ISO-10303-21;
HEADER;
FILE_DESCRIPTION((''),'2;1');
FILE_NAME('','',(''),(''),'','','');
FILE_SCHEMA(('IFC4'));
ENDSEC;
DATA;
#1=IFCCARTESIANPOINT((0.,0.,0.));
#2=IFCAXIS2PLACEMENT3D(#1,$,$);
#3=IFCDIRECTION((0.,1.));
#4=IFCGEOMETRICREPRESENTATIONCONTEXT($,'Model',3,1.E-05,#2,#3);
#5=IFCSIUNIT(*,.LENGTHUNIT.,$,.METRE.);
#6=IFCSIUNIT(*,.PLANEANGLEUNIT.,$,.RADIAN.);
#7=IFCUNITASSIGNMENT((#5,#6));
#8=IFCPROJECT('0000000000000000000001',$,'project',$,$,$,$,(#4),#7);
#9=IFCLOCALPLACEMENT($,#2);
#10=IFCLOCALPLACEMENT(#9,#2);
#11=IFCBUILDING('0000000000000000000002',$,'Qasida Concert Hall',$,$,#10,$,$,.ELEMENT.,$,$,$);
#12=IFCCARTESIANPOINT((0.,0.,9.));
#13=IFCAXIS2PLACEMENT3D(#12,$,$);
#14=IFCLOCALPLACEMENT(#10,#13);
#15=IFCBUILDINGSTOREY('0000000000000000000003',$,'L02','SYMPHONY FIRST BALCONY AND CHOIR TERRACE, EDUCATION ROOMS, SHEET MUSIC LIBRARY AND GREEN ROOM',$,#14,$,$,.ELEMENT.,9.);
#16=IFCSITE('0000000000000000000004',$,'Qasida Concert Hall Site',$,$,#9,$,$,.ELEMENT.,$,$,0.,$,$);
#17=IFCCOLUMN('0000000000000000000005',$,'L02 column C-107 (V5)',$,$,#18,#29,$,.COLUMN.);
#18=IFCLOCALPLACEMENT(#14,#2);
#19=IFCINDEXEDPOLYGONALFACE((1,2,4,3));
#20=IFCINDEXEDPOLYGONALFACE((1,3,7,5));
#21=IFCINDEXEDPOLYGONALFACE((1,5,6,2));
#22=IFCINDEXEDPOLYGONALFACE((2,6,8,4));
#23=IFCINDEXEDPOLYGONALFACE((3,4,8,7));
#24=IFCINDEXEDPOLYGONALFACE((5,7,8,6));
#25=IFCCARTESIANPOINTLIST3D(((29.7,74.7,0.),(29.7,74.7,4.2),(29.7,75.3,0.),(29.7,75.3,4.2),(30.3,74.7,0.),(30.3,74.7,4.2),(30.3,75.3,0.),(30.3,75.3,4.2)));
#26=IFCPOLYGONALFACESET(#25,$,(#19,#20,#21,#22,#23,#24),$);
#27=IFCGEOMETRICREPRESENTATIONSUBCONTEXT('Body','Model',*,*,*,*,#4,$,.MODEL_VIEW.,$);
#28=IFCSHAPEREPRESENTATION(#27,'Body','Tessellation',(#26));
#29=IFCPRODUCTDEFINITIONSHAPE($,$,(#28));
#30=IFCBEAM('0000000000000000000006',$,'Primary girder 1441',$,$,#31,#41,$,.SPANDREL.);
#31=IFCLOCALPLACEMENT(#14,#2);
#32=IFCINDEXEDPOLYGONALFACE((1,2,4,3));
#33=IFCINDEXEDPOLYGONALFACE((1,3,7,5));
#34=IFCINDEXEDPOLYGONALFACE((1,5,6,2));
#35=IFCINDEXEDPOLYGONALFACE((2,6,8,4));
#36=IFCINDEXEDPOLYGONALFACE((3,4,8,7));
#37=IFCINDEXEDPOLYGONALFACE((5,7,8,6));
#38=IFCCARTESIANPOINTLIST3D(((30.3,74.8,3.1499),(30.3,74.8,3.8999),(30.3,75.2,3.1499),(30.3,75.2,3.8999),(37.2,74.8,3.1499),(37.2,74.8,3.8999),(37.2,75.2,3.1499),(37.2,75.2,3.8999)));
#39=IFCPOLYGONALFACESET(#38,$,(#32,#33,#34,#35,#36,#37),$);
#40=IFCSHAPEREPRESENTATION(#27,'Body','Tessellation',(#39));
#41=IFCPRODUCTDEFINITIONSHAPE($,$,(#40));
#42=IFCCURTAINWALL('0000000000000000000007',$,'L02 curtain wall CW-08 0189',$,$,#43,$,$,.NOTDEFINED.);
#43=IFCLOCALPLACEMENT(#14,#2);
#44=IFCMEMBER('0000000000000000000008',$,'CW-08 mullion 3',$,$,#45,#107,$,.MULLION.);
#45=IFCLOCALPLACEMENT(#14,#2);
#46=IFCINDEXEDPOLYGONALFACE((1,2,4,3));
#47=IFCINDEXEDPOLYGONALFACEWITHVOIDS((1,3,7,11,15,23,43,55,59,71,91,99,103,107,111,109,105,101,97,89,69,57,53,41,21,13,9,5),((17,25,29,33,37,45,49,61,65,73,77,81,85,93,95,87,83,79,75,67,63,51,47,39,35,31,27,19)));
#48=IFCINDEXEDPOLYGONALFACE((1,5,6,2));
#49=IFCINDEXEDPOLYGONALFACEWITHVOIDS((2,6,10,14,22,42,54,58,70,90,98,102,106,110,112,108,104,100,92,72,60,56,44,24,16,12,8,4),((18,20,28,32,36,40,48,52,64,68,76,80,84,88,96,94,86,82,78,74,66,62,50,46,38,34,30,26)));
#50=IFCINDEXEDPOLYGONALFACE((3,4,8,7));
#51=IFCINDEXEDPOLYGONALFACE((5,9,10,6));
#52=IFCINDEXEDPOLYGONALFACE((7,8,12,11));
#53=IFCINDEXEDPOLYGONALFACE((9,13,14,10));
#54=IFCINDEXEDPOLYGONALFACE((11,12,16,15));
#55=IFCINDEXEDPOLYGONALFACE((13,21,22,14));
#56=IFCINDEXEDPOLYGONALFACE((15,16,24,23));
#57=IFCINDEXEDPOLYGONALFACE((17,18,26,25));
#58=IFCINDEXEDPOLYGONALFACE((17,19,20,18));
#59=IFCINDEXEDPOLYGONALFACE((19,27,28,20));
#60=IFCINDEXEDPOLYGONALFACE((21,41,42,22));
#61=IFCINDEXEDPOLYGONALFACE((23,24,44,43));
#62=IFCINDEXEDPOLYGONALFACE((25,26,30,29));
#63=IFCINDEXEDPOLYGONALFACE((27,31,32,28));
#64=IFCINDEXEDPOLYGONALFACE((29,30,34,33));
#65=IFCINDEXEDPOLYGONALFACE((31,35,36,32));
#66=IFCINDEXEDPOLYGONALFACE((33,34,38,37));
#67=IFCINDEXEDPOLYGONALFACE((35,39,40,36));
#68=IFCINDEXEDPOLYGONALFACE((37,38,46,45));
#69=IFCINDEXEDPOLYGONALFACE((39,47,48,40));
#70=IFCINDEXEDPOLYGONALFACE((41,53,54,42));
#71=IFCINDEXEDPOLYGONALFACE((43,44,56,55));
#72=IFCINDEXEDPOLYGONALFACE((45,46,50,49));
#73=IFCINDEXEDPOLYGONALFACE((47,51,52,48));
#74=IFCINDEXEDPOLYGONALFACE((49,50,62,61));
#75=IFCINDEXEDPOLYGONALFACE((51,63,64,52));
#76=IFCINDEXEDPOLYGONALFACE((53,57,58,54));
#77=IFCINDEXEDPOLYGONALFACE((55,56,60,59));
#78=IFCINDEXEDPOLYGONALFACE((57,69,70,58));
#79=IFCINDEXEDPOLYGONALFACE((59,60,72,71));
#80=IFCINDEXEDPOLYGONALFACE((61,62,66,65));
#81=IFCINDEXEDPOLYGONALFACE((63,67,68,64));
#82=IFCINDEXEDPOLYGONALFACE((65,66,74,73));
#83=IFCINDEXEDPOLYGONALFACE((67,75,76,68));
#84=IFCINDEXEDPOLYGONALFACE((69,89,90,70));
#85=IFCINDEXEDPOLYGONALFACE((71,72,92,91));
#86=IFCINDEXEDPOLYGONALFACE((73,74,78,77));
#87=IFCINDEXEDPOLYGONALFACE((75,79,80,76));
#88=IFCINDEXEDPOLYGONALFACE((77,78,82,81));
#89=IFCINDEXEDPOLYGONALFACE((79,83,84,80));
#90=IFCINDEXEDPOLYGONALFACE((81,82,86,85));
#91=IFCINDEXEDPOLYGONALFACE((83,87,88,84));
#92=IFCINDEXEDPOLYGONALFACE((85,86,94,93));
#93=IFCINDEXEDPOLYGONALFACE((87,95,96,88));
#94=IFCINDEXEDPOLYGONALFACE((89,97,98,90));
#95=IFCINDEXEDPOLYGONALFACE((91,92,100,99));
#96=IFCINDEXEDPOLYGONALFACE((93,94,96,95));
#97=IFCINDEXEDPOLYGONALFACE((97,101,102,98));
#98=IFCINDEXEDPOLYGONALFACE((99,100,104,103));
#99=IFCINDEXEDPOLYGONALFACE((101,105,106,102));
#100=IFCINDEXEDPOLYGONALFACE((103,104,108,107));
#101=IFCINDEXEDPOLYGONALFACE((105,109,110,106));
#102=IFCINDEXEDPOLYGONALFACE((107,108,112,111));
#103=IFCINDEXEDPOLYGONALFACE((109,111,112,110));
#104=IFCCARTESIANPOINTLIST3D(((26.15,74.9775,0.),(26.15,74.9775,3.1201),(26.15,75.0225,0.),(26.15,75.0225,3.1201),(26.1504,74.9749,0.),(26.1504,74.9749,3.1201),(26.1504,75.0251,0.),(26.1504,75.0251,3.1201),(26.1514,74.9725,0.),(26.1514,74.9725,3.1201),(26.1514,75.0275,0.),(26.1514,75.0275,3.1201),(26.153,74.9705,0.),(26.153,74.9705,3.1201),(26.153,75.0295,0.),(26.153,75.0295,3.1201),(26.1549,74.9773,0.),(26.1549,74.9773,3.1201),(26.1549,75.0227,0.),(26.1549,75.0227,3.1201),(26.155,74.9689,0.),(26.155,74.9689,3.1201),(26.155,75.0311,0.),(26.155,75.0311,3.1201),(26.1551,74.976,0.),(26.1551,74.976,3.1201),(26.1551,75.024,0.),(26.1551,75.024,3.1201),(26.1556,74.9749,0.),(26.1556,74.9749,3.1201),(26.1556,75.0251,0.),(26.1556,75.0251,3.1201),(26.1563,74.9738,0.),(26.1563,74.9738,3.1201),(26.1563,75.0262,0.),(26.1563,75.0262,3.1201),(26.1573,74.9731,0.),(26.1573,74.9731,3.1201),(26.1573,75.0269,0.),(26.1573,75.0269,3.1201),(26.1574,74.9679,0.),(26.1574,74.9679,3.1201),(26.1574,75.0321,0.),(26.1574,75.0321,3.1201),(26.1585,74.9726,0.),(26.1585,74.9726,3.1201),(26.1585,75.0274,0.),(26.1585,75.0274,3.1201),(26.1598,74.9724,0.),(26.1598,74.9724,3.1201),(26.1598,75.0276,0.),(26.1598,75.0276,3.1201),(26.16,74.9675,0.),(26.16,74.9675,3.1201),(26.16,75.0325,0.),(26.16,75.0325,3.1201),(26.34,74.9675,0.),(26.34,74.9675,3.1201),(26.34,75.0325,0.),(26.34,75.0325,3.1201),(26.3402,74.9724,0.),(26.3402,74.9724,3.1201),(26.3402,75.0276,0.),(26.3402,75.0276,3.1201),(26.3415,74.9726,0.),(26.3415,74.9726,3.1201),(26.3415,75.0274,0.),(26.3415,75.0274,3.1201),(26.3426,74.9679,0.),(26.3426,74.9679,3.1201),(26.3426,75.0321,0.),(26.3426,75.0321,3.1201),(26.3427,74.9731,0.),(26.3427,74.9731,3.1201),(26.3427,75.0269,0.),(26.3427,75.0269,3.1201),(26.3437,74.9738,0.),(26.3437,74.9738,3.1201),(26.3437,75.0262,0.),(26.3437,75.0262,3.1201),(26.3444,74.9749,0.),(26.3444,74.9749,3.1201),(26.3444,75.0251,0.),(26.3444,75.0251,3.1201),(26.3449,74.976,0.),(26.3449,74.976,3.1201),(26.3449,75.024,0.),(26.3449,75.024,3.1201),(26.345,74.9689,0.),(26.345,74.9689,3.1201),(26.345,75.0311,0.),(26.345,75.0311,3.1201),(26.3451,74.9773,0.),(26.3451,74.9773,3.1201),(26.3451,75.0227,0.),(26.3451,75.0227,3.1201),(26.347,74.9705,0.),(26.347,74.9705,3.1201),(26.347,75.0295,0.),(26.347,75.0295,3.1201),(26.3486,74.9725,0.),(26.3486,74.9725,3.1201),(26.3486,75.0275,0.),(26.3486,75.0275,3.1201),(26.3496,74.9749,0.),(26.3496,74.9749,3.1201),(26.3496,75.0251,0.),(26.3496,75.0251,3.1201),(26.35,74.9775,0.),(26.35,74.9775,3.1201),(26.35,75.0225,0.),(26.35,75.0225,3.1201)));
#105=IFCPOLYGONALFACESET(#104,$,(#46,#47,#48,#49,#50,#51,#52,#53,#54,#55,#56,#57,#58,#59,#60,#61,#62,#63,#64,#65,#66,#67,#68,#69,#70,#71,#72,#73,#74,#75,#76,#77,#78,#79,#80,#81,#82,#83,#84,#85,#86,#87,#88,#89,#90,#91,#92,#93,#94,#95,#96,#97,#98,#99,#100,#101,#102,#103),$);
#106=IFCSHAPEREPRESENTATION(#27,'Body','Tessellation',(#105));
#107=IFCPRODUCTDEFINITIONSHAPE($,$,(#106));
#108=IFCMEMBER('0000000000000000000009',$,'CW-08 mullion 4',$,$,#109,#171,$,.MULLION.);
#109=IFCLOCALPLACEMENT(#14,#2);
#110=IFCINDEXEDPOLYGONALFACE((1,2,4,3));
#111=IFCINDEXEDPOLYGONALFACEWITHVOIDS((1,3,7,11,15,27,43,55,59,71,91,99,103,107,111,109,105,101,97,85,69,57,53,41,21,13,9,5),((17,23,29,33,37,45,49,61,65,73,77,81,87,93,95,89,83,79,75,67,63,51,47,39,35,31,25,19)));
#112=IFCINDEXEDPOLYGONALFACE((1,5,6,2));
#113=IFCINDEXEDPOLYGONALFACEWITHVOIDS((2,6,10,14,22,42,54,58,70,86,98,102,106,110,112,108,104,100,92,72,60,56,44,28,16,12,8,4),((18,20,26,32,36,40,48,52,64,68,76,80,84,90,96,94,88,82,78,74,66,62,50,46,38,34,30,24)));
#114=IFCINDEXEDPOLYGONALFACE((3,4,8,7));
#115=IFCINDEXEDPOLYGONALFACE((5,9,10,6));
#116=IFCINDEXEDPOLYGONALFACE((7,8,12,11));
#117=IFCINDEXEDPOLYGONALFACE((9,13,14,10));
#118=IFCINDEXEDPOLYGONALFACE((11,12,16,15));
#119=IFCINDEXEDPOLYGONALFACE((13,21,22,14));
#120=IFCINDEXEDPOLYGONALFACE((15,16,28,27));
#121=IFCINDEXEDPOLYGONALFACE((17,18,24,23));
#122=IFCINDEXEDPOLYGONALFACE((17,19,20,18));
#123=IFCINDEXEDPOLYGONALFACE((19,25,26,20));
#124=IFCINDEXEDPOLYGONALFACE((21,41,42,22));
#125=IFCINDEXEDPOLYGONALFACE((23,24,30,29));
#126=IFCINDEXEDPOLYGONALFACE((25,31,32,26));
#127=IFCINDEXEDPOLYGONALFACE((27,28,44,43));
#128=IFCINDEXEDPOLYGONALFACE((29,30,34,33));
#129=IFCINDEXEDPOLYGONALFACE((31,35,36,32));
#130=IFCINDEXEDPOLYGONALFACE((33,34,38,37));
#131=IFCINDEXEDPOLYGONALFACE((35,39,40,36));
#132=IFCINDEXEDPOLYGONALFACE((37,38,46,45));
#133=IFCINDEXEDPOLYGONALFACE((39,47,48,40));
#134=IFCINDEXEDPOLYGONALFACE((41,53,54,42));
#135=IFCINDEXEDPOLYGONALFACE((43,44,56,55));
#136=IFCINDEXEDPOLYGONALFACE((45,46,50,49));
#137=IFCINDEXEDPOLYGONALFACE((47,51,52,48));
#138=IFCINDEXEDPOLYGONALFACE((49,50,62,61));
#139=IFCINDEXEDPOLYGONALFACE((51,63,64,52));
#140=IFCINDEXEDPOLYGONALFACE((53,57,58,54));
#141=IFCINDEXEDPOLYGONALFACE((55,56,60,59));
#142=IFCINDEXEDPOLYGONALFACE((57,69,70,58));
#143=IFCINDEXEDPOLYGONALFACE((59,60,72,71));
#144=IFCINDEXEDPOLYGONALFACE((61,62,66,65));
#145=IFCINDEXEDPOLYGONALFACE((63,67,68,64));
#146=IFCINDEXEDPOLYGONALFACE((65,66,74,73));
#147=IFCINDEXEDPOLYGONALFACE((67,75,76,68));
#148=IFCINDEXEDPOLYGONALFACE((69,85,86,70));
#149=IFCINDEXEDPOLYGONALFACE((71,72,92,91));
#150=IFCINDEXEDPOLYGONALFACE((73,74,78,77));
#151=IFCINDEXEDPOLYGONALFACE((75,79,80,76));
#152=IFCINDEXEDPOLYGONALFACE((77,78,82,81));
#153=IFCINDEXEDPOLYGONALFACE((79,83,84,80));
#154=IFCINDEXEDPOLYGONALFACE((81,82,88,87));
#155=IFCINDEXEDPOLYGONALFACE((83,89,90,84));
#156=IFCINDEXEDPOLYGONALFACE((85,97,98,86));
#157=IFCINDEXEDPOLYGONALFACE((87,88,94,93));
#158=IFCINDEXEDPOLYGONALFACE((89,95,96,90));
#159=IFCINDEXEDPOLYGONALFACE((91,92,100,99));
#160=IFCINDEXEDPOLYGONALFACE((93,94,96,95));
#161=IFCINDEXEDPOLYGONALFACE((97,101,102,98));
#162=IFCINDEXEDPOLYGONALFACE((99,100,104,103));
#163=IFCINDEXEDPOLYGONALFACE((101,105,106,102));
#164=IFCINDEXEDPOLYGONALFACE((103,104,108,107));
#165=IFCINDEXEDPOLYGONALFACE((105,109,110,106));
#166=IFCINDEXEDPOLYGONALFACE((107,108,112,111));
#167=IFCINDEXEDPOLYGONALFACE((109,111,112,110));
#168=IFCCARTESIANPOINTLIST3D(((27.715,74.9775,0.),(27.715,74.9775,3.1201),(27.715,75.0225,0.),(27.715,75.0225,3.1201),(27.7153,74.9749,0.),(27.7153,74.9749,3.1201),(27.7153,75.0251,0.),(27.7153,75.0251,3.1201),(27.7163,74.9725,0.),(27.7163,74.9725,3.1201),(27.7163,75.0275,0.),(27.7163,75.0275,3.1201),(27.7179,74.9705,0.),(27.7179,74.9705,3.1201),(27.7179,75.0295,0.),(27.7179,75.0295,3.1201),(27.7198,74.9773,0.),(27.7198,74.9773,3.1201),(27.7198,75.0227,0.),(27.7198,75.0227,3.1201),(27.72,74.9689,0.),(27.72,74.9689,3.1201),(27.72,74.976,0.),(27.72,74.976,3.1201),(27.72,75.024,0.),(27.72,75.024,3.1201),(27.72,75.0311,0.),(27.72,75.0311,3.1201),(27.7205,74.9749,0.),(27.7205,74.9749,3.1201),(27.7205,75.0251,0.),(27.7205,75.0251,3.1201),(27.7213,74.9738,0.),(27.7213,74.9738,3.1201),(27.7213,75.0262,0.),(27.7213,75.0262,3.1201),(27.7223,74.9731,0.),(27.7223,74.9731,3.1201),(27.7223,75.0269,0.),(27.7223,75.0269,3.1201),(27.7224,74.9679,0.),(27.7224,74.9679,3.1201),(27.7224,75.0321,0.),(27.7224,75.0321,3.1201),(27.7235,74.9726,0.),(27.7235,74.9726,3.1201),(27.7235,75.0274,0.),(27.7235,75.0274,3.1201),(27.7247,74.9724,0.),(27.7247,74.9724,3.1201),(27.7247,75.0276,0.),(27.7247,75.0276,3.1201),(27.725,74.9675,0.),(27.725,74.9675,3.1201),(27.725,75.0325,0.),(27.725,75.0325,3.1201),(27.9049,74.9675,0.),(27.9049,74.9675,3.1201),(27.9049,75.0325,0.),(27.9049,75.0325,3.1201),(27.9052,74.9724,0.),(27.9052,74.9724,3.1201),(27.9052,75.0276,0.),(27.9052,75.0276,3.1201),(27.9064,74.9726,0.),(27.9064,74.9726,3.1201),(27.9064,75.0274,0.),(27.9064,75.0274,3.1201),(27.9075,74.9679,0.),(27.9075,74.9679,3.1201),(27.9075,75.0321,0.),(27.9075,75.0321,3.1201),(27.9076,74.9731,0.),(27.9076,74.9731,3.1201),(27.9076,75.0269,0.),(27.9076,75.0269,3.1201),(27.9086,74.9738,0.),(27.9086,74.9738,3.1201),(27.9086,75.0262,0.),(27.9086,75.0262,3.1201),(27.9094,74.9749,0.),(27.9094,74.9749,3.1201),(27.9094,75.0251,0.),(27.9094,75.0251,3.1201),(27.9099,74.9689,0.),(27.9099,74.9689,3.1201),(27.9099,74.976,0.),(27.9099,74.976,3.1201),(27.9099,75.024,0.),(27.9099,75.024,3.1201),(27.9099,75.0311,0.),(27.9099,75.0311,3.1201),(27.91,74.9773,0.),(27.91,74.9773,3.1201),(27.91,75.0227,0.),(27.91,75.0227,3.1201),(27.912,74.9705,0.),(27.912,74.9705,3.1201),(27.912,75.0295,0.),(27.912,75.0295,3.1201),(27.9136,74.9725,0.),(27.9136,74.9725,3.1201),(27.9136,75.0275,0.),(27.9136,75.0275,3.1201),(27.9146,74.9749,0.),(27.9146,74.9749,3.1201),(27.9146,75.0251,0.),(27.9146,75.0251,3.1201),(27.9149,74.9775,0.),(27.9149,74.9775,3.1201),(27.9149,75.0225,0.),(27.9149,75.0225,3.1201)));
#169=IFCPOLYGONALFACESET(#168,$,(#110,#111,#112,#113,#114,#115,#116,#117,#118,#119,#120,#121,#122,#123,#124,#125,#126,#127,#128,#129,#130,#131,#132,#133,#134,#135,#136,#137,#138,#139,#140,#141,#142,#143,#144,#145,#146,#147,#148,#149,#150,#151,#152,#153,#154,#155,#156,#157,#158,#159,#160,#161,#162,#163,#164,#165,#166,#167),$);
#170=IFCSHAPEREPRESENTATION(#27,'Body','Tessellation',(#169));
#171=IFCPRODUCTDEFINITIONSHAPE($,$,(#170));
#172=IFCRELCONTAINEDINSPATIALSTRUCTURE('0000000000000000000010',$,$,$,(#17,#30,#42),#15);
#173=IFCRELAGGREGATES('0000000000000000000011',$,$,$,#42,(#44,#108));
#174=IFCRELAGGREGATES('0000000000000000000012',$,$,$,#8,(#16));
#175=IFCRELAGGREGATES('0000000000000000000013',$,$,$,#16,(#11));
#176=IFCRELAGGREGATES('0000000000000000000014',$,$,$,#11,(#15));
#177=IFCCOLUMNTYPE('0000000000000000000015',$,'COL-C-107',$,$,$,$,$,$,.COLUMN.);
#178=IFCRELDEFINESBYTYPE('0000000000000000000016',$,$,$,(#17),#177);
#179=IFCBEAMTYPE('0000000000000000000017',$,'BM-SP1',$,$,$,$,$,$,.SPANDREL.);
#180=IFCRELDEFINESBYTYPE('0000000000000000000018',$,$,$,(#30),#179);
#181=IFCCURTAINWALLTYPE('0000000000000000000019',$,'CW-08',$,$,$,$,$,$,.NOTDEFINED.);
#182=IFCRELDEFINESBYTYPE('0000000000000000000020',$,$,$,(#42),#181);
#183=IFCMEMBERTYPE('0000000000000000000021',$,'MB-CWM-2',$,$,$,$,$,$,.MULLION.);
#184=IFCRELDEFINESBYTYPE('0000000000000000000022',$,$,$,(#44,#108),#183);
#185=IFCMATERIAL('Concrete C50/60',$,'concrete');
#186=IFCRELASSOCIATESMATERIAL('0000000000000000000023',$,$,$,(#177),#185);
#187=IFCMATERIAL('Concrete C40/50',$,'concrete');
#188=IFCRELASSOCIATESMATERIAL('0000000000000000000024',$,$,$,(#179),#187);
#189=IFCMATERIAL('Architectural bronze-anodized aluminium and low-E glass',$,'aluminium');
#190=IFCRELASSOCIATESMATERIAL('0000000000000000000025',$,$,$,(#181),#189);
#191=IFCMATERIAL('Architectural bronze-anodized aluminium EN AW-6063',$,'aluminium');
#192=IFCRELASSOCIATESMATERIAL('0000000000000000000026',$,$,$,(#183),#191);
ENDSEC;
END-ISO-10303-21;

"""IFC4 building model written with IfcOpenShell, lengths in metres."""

from ifc_helpers import new_model, si_unit, direction, frame, origin, origin_2d, place, context, subcontext, project, spatial, rectangle, hollow_rectangle, extrude, material, material_profile, profile_set, type_object, element, aggregate, save


model = new_model("IFC4")

# Units and contexts
model_context = context("Model", 3, precision=1e-05, world=origin(), true_north=direction((0.0, 1.0)))
body_context = subcontext(model_context, "Body", "Model", "MODEL_VIEW")
ifc_project = project(units=[si_unit("LENGTHUNIT", "METRE"), si_unit("PLANEANGLEUNIT", "RADIAN")], contexts=[model_context])

# Site, building, storey
site_placement = place(None, origin())
site = spatial("IfcSite", under=ifc_project, at=site_placement, Name="Qasida Concert Hall Site", CompositionType="ELEMENT", RefElevation=0.0)
building_placement = place(site_placement, origin())
building = spatial("IfcBuilding", under=site, at=building_placement, Name="Qasida Concert Hall", CompositionType="ELEMENT")
storey_placement = place(building_placement, frame((0.0, 0.0, 9.0)))
storey = spatial("IfcBuildingStorey", under=building, at=storey_placement, Name="L02", Description="SYMPHONY FIRST BALCONY AND CHOIR TERRACE, EDUCATION ROOMS, SHEET MUSIC LIBRARY AND GREEN ROOM", CompositionType="ELEMENT", Elevation=9.0)

# Column
ifc_material_1 = material(Name="Concrete C50/60", Category="concrete")
ifc_material_profile_1 = material_profile(ifc_material_1, rectangle(XDim=0.6001, YDim=0.6001, at=origin_2d()), Name="RC 600x600")
ifc_profile_set_1 = profile_set([ifc_material_profile_1], Name="Concrete C50/60")
column_type = type_object("IfcColumnType", Name="COL-C-107", PredefinedType="COLUMN", material=ifc_profile_set_1)
column_placement = place(storey_placement, frame((30.0, 75.0, 0.0), z_axis=(0.0, 0.0, 1.0), x_axis=(1.0, 0.0, 0.0)))
element("IfcColumn", 1, at=column_placement, inside=storey, type_object=column_type, Name="L02 column C-107 (V5)", PredefinedType="COLUMN", context=body_context, shape_type="SweptSolid", body=[
    extrude(rectangle(XDim=0.6001, YDim=0.6001, at=origin_2d()), origin(), (0.0, 0.0, 1.0), 4.2),
])

# Beam
ifc_material_2 = material(Name="Concrete C40/50", Category="concrete")
ifc_material_profile_2 = material_profile(ifc_material_2, rectangle(XDim=0.3999, YDim=0.75, at=origin_2d()), Name="RC 400x750")
ifc_profile_set_2 = profile_set([ifc_material_profile_2], Name="Concrete C40/50")
beam_type = type_object("IfcBeamType", Name="BM-SP1", PredefinedType="SPANDREL", material=ifc_profile_set_2)
beam_placement = place(storey_placement, frame((30.3, 75.0, 3.5249), z_axis=(1.0, 0.0, 0.0), x_axis=(0.0, 1.0, 0.0)))
element("IfcBeam", 2, at=beam_placement, inside=storey, type_object=beam_type, Name="Primary girder 1441", PredefinedType="SPANDREL", context=body_context, shape_type="SweptSolid", body=[
    extrude(rectangle(XDim=0.3999, YDim=0.75, at=origin_2d()), origin(), (0.0, 0.0, 1.0), 6.8999),
])

# Curtain wall, members
ifc_material_3 = material(Name="Architectural bronze-anodized aluminium and low-E glass", Category="aluminium")
curtain_wall_type = type_object("IfcCurtainWallType", Name="CW-08", PredefinedType="NOTDEFINED", material=ifc_material_3)
curtain_wall_placement = place(storey_placement, origin())
curtain_wall = element("IfcCurtainWall", 3, at=curtain_wall_placement, inside=storey, type_object=curtain_wall_type, Name="L02 curtain wall CW-08 0189", PredefinedType="NOTDEFINED")
ifc_material_4 = material(Name="Architectural bronze-anodized aluminium EN AW-6063", Category="aluminium")
ifc_material_profile_3 = material_profile(ifc_material_4, hollow_rectangle(XDim=0.0649, YDim=0.2, WallThickness=0.0049, InnerFilletRadius=0.0049, OuterFilletRadius=0.01, at=origin_2d()), Name="CWM 200x65x5")
ifc_profile_set_3 = profile_set([ifc_material_profile_3], Name="Architectural bronze-anodized aluminium EN AW-6063")
member_type_1 = type_object("IfcMemberType", Name="MB-CWM-2", PredefinedType="MULLION", material=ifc_profile_set_3)
member_1_placement = place(storey_placement, frame((26.25, 75.0, 0.0), z_axis=(0.0, 0.0, 1.0), x_axis=(0.0, 1.0, 0.0)))
member_1 = element("IfcMember", 4, at=member_1_placement, type_object=member_type_1, Name="CW-08 mullion 3", PredefinedType="MULLION", context=body_context, shape_type="SweptSolid", body=[
    extrude(hollow_rectangle(XDim=0.0649, YDim=0.2, WallThickness=0.0049, InnerFilletRadius=0.0049, OuterFilletRadius=0.01, at=origin_2d()), origin(), (0.0, 0.0, 1.0), 3.1201),
])
member_2_placement = place(storey_placement, frame((27.8149, 75.0, 0.0), z_axis=(0.0, 0.0, 1.0), x_axis=(0.0, 1.0, 0.0)))
member_2 = element("IfcMember", 5, at=member_2_placement, type_object=member_type_1, Name="CW-08 mullion 4", PredefinedType="MULLION", context=body_context, shape_type="SweptSolid", body=[
    extrude(hollow_rectangle(XDim=0.0649, YDim=0.2, WallThickness=0.0049, InnerFilletRadius=0.0049, OuterFilletRadius=0.01, at=origin_2d()), origin(), (0.0, 0.0, 1.0), 3.1201),
])
aggregate(curtain_wall, [member_1, member_2])

save(model, "model.ifc")
